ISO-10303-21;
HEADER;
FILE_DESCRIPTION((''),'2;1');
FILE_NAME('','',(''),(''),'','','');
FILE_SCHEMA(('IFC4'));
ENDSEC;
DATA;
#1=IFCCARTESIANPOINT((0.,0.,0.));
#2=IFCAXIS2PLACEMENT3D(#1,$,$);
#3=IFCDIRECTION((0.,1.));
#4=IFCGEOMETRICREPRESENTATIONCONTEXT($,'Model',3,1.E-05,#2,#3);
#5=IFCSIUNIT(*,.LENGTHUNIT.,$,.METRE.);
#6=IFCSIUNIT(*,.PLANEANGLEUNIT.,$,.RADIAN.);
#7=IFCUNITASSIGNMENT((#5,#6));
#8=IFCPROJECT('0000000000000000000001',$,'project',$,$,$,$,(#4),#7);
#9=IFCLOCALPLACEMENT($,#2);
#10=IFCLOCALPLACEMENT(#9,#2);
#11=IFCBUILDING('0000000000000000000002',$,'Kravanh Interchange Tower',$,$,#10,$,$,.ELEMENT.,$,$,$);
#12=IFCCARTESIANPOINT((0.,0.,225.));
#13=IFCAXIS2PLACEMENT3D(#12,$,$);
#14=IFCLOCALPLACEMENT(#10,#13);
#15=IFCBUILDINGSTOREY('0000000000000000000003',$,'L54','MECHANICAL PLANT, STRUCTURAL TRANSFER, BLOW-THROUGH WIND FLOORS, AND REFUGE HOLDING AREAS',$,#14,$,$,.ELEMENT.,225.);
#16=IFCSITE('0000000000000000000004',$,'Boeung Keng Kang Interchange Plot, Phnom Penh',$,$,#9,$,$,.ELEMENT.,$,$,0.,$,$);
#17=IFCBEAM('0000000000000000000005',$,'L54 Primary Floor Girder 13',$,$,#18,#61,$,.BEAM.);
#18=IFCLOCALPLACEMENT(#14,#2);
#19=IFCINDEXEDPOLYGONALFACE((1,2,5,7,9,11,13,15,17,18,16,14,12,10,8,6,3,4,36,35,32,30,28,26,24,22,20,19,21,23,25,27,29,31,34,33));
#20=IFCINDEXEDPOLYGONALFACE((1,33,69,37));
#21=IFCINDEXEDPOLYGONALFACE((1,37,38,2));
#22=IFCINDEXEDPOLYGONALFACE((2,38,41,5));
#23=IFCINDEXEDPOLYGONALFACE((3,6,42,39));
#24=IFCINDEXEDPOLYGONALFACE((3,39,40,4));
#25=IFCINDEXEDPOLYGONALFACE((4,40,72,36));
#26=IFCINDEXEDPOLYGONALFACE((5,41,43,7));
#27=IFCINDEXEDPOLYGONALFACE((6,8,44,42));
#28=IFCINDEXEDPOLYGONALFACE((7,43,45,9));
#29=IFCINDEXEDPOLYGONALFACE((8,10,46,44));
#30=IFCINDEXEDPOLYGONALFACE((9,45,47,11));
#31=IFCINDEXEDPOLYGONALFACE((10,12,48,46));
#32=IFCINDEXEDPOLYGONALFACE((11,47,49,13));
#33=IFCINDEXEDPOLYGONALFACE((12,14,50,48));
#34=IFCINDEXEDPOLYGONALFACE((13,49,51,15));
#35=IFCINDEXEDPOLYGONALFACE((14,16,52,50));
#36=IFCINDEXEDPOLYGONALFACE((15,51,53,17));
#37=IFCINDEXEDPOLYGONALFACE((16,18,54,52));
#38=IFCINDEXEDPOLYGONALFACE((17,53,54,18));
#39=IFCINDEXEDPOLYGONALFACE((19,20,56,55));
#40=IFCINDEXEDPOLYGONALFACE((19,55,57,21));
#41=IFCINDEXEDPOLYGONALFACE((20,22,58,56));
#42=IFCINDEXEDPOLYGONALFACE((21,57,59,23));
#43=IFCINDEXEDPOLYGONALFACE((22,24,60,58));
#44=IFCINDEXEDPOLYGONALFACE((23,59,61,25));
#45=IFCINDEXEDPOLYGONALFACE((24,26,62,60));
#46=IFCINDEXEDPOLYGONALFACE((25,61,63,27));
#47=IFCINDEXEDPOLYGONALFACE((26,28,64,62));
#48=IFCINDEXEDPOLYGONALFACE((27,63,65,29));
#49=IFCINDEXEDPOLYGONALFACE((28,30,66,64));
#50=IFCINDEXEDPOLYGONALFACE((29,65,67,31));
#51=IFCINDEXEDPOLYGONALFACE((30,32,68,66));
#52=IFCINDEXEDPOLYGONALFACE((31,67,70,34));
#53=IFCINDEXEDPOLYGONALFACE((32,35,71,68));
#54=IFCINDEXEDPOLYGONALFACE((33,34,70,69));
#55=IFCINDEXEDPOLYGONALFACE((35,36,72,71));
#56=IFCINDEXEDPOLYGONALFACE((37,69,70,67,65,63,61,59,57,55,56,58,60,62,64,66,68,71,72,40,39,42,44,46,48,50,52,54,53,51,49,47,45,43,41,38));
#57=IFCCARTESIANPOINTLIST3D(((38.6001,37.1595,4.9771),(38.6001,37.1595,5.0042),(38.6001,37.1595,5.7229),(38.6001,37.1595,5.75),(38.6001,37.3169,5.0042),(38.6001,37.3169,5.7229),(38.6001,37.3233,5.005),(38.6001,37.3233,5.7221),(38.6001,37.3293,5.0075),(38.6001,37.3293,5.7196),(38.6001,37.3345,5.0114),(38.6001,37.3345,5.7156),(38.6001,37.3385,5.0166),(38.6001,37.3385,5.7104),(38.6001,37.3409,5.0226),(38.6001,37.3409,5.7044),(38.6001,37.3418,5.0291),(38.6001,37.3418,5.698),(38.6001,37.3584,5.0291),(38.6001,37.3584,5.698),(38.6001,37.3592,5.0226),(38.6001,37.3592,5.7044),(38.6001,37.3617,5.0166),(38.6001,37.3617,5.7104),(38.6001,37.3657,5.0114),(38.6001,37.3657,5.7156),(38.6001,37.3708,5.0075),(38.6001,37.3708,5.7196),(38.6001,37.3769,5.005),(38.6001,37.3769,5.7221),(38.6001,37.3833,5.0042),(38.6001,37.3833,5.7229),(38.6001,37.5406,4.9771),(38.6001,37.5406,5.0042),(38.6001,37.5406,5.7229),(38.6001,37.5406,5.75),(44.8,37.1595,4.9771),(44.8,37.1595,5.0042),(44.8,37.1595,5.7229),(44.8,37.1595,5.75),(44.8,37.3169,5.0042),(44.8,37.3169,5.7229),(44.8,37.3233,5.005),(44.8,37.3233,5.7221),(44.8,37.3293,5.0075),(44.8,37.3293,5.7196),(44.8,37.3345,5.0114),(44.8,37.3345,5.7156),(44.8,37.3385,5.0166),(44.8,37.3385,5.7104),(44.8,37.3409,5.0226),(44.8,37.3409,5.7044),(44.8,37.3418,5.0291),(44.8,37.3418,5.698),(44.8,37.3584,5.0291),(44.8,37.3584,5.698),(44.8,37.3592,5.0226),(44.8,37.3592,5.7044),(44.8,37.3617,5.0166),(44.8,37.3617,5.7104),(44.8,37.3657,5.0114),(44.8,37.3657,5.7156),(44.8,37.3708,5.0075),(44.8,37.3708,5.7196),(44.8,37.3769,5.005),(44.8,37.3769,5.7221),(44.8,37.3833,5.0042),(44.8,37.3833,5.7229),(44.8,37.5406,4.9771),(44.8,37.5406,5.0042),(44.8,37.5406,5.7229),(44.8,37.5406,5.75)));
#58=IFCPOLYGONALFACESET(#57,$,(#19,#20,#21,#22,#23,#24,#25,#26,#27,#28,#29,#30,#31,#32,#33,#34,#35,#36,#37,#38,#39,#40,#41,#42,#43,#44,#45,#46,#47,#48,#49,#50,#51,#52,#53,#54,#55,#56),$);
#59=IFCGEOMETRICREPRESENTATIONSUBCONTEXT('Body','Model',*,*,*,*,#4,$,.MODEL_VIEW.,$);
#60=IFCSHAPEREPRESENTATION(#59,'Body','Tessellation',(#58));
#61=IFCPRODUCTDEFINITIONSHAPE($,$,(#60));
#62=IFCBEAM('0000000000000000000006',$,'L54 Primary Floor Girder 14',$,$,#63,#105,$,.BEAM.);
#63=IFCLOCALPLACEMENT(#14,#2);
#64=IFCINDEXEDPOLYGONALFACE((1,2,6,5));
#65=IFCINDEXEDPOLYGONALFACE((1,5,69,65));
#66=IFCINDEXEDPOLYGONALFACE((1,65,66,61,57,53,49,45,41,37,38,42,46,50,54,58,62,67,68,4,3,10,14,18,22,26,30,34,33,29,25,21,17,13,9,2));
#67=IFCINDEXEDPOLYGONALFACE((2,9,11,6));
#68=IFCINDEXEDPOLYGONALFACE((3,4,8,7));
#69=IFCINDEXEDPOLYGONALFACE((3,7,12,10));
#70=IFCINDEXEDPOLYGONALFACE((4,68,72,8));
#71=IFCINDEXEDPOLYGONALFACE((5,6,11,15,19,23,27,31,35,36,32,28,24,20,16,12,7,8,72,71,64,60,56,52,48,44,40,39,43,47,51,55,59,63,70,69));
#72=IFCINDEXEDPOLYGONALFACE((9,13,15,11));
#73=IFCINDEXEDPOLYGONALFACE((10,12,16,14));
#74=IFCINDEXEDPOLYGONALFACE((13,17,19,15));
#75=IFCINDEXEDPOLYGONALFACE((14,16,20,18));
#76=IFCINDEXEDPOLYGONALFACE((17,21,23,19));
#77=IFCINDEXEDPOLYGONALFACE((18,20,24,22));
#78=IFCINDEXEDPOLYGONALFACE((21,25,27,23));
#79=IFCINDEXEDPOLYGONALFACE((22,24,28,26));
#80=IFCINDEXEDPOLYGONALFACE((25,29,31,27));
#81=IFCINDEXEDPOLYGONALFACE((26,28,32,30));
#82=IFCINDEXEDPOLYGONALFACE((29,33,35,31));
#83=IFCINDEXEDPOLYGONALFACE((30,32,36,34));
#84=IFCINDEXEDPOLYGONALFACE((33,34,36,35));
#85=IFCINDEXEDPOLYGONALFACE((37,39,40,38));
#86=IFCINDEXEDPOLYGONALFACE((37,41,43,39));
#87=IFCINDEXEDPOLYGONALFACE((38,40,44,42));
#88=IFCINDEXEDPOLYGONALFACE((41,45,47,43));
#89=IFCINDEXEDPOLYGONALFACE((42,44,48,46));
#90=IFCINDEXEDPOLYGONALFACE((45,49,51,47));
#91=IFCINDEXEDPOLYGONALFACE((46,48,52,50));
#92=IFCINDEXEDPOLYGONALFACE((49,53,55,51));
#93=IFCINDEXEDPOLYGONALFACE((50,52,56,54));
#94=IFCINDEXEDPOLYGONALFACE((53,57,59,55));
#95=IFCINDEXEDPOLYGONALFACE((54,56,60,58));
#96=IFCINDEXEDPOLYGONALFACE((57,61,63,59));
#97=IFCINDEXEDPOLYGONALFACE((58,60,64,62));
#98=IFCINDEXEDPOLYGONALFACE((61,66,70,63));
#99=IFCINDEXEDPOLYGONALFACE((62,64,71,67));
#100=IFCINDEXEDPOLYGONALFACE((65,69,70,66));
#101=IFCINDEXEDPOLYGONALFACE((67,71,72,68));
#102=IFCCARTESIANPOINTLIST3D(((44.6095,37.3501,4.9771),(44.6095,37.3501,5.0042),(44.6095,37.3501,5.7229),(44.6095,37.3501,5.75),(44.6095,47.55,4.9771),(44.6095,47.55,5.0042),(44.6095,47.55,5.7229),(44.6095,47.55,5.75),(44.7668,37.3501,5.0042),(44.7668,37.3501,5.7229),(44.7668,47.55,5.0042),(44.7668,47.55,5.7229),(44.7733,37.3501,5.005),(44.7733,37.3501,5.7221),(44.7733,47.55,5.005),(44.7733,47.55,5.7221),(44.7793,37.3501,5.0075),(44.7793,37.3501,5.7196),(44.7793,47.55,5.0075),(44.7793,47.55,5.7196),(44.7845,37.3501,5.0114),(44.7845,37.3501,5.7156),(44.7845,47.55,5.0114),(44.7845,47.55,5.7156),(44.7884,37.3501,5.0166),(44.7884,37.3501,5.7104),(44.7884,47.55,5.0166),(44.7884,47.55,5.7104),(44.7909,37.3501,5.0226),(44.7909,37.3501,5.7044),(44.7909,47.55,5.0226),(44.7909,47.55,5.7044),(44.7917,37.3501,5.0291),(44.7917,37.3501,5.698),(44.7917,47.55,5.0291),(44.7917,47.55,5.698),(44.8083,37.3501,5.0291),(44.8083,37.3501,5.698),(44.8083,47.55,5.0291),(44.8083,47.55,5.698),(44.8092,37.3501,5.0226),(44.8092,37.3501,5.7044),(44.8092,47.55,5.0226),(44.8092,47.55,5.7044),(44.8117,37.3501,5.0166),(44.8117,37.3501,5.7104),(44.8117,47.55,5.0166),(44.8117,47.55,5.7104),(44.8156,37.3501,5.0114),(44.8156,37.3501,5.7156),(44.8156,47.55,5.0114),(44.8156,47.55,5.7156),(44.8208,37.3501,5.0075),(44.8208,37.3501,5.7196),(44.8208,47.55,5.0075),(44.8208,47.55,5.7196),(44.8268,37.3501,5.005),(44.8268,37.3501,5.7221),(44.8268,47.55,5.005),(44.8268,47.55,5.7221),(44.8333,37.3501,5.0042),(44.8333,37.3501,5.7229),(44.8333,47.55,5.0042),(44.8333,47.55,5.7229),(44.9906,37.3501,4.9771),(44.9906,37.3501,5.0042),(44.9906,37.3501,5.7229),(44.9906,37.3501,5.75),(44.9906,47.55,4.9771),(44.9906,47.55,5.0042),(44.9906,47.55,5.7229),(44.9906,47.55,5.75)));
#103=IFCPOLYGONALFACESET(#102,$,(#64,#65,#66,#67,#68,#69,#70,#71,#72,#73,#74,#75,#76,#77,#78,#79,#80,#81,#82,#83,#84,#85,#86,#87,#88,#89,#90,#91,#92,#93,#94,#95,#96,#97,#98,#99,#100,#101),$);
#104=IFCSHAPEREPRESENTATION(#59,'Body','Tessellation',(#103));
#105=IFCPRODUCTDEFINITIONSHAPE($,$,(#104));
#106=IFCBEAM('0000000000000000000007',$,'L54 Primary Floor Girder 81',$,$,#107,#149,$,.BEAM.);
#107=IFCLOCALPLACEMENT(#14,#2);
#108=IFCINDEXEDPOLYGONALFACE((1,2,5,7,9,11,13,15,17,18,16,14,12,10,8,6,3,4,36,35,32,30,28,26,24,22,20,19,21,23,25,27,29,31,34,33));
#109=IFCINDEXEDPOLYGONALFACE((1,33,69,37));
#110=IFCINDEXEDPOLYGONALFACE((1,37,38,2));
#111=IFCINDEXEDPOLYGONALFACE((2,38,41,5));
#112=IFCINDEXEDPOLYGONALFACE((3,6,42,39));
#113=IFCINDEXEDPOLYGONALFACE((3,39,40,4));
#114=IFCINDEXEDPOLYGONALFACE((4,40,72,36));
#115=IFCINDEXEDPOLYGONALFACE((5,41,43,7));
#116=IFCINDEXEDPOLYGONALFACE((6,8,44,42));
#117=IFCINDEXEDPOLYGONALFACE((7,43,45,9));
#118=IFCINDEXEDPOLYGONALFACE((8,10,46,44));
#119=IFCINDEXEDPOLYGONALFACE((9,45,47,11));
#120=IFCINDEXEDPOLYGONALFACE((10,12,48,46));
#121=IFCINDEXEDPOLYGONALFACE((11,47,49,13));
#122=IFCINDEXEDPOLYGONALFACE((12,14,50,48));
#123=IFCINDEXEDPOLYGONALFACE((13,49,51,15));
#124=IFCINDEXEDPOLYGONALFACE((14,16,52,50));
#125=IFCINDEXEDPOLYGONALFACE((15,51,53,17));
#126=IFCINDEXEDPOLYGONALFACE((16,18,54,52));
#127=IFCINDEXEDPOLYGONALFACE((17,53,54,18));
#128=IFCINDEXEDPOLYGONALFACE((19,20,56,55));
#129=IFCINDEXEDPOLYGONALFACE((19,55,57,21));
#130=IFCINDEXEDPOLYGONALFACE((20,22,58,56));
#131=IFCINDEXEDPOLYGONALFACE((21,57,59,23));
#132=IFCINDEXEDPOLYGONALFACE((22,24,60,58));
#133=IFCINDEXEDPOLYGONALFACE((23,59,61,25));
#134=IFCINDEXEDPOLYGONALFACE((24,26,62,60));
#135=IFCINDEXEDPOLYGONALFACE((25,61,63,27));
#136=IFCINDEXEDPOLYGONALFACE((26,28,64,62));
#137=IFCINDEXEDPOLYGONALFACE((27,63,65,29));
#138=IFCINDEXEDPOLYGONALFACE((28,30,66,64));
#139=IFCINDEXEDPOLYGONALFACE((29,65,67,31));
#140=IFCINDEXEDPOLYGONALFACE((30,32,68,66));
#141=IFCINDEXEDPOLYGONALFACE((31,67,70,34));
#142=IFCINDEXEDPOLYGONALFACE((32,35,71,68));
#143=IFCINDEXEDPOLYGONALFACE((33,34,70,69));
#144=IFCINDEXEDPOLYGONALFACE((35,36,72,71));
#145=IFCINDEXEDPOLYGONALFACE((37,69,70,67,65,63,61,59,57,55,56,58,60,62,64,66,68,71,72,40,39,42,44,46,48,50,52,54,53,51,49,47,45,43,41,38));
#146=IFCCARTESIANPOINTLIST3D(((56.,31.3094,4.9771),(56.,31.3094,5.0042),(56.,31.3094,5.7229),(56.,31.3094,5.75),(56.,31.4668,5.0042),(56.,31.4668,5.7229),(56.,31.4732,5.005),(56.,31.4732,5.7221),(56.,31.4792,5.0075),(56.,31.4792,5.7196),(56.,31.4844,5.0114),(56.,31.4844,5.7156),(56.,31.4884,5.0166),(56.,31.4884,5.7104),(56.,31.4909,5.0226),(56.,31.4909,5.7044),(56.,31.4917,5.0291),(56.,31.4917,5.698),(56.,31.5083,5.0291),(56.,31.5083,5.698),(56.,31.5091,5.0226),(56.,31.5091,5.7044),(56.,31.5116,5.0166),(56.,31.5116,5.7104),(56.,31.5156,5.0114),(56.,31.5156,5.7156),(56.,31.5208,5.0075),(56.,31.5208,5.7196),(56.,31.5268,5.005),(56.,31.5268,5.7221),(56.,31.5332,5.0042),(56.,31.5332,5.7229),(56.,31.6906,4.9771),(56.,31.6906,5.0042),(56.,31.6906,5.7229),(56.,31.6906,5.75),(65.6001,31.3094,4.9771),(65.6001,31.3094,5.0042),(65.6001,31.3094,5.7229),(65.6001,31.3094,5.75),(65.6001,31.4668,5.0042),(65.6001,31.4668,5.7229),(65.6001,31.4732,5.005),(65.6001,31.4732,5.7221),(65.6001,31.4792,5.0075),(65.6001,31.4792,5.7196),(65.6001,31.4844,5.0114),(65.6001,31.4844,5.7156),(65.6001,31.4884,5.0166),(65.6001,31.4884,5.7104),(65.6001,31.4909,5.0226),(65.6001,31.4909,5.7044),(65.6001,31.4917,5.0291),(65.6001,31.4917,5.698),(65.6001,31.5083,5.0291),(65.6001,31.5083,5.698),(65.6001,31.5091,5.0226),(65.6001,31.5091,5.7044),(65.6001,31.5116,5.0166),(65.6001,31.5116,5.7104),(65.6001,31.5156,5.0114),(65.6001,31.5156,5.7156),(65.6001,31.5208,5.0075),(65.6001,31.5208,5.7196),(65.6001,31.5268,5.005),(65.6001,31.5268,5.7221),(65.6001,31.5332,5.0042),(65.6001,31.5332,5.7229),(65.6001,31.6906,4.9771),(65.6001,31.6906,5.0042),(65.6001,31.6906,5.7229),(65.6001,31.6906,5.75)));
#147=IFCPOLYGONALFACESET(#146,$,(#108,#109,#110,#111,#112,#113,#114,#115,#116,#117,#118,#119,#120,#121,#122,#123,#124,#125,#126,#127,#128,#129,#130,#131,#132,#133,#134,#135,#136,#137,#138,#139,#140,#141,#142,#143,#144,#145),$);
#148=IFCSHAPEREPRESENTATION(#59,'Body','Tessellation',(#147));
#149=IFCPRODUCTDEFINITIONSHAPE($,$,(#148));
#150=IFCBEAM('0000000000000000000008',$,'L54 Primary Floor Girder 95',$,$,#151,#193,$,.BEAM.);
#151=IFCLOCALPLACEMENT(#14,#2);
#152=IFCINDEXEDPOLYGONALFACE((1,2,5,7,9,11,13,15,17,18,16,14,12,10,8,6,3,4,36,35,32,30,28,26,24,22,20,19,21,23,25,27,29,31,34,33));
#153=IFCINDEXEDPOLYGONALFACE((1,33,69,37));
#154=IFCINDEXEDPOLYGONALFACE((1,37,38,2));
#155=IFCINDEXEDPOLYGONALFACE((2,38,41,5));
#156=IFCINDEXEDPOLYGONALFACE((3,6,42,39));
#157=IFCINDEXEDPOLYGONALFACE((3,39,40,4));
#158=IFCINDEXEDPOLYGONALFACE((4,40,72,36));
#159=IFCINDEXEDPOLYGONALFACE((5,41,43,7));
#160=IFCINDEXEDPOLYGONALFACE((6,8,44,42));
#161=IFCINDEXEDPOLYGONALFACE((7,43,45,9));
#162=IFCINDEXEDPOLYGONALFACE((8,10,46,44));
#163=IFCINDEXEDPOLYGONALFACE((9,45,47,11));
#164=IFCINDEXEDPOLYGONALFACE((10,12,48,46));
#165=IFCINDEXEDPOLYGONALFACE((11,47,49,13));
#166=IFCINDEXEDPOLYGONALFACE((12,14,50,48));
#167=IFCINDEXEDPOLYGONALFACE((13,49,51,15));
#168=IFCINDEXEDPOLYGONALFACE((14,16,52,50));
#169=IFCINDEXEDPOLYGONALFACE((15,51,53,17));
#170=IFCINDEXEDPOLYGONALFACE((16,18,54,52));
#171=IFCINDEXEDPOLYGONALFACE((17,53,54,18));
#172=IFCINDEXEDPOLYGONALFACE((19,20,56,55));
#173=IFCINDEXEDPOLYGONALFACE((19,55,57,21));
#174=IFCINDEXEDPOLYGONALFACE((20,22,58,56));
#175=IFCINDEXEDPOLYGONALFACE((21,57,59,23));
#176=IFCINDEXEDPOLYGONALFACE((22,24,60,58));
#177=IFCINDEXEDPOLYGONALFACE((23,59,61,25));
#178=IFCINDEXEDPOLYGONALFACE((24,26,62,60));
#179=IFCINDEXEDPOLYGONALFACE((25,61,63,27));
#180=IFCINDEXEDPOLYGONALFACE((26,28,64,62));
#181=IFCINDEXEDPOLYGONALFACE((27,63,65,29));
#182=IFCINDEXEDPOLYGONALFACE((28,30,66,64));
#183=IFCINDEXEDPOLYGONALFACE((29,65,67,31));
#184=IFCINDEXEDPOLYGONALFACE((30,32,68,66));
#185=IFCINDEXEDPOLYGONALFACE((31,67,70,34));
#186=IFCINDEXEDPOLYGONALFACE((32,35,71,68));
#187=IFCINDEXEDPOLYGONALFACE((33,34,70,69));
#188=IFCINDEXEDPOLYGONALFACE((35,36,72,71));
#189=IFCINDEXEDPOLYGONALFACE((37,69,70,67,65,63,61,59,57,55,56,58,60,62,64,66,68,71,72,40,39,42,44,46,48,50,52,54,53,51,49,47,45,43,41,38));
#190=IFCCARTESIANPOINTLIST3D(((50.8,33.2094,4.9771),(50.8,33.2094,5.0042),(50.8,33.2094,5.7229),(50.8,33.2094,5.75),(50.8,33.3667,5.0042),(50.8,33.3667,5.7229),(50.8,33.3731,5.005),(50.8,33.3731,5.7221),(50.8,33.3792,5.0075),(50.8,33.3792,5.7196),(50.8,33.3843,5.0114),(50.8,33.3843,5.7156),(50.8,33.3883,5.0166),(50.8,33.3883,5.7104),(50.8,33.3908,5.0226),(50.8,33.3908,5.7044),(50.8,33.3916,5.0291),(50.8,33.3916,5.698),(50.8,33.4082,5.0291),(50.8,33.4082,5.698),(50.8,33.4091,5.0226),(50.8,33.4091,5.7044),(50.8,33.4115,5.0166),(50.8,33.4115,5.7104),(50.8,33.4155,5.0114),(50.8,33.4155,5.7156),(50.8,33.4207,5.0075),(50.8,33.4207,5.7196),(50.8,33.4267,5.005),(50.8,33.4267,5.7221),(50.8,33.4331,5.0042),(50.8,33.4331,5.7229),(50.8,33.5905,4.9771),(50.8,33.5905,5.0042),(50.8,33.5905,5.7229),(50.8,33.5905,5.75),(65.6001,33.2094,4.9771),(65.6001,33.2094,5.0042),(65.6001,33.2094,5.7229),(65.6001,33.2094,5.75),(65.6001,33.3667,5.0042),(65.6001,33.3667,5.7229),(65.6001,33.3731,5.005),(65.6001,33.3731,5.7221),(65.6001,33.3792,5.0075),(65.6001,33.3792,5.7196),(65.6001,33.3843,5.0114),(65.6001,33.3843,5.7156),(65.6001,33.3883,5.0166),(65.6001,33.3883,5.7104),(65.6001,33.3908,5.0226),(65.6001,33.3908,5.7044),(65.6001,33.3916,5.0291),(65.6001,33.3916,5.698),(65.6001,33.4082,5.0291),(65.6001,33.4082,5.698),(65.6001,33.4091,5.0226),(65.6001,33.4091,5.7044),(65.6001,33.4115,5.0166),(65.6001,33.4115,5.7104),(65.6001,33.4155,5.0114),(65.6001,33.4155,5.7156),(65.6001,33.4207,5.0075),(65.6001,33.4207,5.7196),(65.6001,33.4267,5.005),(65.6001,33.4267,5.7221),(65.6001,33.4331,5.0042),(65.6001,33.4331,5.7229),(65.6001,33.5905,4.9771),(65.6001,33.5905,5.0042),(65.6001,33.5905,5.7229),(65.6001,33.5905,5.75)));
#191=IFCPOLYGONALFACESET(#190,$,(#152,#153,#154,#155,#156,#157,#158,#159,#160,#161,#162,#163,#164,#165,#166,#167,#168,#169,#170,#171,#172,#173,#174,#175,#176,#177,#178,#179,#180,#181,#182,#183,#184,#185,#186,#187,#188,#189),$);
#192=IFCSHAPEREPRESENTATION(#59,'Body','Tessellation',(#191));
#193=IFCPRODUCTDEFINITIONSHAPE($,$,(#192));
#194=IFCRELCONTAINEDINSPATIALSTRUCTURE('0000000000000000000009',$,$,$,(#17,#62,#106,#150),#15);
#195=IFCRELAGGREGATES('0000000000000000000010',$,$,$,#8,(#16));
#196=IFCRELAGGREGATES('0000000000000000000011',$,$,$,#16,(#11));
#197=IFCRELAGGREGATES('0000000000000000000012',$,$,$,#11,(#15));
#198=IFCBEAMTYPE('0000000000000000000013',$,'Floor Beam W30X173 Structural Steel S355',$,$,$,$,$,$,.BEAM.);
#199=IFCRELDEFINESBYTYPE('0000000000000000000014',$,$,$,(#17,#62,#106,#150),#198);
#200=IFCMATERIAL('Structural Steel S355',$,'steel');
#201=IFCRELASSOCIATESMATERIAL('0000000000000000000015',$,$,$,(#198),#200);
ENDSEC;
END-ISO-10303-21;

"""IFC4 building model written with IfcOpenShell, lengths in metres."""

from ifc_helpers import new_model, si_unit, direction, frame, origin, origin_2d, place, context, subcontext, project, spatial, i_section, extrude, material, material_profile, profile_set, type_object, element, save


model = new_model("IFC4")

# Units and contexts
model_context = context("Model", 3, precision=1e-05, world=origin(), true_north=direction((0.0, 1.0)))
body_context = subcontext(model_context, "Body", "Model", "MODEL_VIEW")
ifc_project = project(units=[si_unit("LENGTHUNIT", "METRE"), si_unit("PLANEANGLEUNIT", "RADIAN")], contexts=[model_context])

# Site, building, storey
site_placement = place(None, origin())
site = spatial("IfcSite", under=ifc_project, at=site_placement, Name="Boeung Keng Kang Interchange Plot, Phnom Penh", CompositionType="ELEMENT", RefElevation=0.0)
building_placement = place(site_placement, origin())
building = spatial("IfcBuilding", under=site, at=building_placement, Name="Kravanh Interchange Tower", CompositionType="ELEMENT")
storey_placement = place(building_placement, frame((0.0, 0.0, 225.0)))
storey = spatial("IfcBuildingStorey", under=building, at=storey_placement, Name="L54", Description="MECHANICAL PLANT, STRUCTURAL TRANSFER, BLOW-THROUGH WIND FLOORS, AND REFUGE HOLDING AREAS", CompositionType="ELEMENT", Elevation=225.0)

# Beams
ifc_material_1 = material(Name="Structural Steel S355", Category="steel")
ifc_material_profile_1 = material_profile(ifc_material_1, i_section(OverallWidth=0.3811, OverallDepth=0.7729, WebThickness=0.0166, FlangeThickness=0.0271, FilletRadius=0.0249, at=origin_2d()), Name="W30X173")
ifc_profile_set_1 = profile_set([ifc_material_profile_1], Name="Structural Steel S355")
beam_type_1 = type_object("IfcBeamType", Name="Floor Beam W30X173 Structural Steel S355", PredefinedType="BEAM", material=ifc_profile_set_1)
beam_1_placement = place(storey_placement, frame((44.8, 37.3501, 5.3635), z_axis=(-1.0, 0.0, 0.0), x_axis=(0.0, -1.0, 0.0)))
element("IfcBeam", 1, at=beam_1_placement, inside=storey, type_object=beam_type_1, Name="L54 Primary Floor Girder 13", PredefinedType="BEAM", context=body_context, shape_type="SweptSolid", body=[
    extrude(i_section(OverallWidth=0.3811, OverallDepth=0.7729, WebThickness=0.0166, FlangeThickness=0.0271, FilletRadius=0.0249, at=origin_2d()), origin(), (0.0, 0.0, 1.0), 6.2),
])
beam_2_placement = place(storey_placement, frame((44.8, 37.3501, 5.3635), z_axis=(0.0, 1.0, 0.0), x_axis=(-1.0, 0.0, 0.0)))
element("IfcBeam", 2, at=beam_2_placement, inside=storey, type_object=beam_type_1, Name="L54 Primary Floor Girder 14", PredefinedType="BEAM", context=body_context, shape_type="SweptSolid", body=[
    extrude(i_section(OverallWidth=0.3811, OverallDepth=0.7729, WebThickness=0.0166, FlangeThickness=0.0271, FilletRadius=0.0249, at=origin_2d()), origin(), (0.0, 0.0, 1.0), 10.2),
])
beam_3_placement = place(storey_placement, frame((56.0, 31.5, 5.3635), z_axis=(1.0, 0.0, 0.0), x_axis=(0.0, 1.0, 0.0)))
element("IfcBeam", 3, at=beam_3_placement, inside=storey, type_object=beam_type_1, Name="L54 Primary Floor Girder 81", PredefinedType="BEAM", context=body_context, shape_type="SweptSolid", body=[
    extrude(i_section(OverallWidth=0.3811, OverallDepth=0.7729, WebThickness=0.0166, FlangeThickness=0.0271, FilletRadius=0.0249, at=origin_2d()), origin(), (0.0, 0.0, 1.0), 9.6001),
])
beam_4_placement = place(storey_placement, frame((50.8, 33.3999, 5.3635), z_axis=(1.0, 0.0, 0.0), x_axis=(0.0, 1.0, 0.0)))
element("IfcBeam", 4, at=beam_4_placement, inside=storey, type_object=beam_type_1, Name="L54 Primary Floor Girder 95", PredefinedType="BEAM", context=body_context, shape_type="SweptSolid", body=[
    extrude(i_section(OverallWidth=0.3811, OverallDepth=0.7729, WebThickness=0.0166, FlangeThickness=0.0271, FilletRadius=0.0249, at=origin_2d()), origin(), (0.0, 0.0, 1.0), 14.8),
])

save(model, "model.ifc")
